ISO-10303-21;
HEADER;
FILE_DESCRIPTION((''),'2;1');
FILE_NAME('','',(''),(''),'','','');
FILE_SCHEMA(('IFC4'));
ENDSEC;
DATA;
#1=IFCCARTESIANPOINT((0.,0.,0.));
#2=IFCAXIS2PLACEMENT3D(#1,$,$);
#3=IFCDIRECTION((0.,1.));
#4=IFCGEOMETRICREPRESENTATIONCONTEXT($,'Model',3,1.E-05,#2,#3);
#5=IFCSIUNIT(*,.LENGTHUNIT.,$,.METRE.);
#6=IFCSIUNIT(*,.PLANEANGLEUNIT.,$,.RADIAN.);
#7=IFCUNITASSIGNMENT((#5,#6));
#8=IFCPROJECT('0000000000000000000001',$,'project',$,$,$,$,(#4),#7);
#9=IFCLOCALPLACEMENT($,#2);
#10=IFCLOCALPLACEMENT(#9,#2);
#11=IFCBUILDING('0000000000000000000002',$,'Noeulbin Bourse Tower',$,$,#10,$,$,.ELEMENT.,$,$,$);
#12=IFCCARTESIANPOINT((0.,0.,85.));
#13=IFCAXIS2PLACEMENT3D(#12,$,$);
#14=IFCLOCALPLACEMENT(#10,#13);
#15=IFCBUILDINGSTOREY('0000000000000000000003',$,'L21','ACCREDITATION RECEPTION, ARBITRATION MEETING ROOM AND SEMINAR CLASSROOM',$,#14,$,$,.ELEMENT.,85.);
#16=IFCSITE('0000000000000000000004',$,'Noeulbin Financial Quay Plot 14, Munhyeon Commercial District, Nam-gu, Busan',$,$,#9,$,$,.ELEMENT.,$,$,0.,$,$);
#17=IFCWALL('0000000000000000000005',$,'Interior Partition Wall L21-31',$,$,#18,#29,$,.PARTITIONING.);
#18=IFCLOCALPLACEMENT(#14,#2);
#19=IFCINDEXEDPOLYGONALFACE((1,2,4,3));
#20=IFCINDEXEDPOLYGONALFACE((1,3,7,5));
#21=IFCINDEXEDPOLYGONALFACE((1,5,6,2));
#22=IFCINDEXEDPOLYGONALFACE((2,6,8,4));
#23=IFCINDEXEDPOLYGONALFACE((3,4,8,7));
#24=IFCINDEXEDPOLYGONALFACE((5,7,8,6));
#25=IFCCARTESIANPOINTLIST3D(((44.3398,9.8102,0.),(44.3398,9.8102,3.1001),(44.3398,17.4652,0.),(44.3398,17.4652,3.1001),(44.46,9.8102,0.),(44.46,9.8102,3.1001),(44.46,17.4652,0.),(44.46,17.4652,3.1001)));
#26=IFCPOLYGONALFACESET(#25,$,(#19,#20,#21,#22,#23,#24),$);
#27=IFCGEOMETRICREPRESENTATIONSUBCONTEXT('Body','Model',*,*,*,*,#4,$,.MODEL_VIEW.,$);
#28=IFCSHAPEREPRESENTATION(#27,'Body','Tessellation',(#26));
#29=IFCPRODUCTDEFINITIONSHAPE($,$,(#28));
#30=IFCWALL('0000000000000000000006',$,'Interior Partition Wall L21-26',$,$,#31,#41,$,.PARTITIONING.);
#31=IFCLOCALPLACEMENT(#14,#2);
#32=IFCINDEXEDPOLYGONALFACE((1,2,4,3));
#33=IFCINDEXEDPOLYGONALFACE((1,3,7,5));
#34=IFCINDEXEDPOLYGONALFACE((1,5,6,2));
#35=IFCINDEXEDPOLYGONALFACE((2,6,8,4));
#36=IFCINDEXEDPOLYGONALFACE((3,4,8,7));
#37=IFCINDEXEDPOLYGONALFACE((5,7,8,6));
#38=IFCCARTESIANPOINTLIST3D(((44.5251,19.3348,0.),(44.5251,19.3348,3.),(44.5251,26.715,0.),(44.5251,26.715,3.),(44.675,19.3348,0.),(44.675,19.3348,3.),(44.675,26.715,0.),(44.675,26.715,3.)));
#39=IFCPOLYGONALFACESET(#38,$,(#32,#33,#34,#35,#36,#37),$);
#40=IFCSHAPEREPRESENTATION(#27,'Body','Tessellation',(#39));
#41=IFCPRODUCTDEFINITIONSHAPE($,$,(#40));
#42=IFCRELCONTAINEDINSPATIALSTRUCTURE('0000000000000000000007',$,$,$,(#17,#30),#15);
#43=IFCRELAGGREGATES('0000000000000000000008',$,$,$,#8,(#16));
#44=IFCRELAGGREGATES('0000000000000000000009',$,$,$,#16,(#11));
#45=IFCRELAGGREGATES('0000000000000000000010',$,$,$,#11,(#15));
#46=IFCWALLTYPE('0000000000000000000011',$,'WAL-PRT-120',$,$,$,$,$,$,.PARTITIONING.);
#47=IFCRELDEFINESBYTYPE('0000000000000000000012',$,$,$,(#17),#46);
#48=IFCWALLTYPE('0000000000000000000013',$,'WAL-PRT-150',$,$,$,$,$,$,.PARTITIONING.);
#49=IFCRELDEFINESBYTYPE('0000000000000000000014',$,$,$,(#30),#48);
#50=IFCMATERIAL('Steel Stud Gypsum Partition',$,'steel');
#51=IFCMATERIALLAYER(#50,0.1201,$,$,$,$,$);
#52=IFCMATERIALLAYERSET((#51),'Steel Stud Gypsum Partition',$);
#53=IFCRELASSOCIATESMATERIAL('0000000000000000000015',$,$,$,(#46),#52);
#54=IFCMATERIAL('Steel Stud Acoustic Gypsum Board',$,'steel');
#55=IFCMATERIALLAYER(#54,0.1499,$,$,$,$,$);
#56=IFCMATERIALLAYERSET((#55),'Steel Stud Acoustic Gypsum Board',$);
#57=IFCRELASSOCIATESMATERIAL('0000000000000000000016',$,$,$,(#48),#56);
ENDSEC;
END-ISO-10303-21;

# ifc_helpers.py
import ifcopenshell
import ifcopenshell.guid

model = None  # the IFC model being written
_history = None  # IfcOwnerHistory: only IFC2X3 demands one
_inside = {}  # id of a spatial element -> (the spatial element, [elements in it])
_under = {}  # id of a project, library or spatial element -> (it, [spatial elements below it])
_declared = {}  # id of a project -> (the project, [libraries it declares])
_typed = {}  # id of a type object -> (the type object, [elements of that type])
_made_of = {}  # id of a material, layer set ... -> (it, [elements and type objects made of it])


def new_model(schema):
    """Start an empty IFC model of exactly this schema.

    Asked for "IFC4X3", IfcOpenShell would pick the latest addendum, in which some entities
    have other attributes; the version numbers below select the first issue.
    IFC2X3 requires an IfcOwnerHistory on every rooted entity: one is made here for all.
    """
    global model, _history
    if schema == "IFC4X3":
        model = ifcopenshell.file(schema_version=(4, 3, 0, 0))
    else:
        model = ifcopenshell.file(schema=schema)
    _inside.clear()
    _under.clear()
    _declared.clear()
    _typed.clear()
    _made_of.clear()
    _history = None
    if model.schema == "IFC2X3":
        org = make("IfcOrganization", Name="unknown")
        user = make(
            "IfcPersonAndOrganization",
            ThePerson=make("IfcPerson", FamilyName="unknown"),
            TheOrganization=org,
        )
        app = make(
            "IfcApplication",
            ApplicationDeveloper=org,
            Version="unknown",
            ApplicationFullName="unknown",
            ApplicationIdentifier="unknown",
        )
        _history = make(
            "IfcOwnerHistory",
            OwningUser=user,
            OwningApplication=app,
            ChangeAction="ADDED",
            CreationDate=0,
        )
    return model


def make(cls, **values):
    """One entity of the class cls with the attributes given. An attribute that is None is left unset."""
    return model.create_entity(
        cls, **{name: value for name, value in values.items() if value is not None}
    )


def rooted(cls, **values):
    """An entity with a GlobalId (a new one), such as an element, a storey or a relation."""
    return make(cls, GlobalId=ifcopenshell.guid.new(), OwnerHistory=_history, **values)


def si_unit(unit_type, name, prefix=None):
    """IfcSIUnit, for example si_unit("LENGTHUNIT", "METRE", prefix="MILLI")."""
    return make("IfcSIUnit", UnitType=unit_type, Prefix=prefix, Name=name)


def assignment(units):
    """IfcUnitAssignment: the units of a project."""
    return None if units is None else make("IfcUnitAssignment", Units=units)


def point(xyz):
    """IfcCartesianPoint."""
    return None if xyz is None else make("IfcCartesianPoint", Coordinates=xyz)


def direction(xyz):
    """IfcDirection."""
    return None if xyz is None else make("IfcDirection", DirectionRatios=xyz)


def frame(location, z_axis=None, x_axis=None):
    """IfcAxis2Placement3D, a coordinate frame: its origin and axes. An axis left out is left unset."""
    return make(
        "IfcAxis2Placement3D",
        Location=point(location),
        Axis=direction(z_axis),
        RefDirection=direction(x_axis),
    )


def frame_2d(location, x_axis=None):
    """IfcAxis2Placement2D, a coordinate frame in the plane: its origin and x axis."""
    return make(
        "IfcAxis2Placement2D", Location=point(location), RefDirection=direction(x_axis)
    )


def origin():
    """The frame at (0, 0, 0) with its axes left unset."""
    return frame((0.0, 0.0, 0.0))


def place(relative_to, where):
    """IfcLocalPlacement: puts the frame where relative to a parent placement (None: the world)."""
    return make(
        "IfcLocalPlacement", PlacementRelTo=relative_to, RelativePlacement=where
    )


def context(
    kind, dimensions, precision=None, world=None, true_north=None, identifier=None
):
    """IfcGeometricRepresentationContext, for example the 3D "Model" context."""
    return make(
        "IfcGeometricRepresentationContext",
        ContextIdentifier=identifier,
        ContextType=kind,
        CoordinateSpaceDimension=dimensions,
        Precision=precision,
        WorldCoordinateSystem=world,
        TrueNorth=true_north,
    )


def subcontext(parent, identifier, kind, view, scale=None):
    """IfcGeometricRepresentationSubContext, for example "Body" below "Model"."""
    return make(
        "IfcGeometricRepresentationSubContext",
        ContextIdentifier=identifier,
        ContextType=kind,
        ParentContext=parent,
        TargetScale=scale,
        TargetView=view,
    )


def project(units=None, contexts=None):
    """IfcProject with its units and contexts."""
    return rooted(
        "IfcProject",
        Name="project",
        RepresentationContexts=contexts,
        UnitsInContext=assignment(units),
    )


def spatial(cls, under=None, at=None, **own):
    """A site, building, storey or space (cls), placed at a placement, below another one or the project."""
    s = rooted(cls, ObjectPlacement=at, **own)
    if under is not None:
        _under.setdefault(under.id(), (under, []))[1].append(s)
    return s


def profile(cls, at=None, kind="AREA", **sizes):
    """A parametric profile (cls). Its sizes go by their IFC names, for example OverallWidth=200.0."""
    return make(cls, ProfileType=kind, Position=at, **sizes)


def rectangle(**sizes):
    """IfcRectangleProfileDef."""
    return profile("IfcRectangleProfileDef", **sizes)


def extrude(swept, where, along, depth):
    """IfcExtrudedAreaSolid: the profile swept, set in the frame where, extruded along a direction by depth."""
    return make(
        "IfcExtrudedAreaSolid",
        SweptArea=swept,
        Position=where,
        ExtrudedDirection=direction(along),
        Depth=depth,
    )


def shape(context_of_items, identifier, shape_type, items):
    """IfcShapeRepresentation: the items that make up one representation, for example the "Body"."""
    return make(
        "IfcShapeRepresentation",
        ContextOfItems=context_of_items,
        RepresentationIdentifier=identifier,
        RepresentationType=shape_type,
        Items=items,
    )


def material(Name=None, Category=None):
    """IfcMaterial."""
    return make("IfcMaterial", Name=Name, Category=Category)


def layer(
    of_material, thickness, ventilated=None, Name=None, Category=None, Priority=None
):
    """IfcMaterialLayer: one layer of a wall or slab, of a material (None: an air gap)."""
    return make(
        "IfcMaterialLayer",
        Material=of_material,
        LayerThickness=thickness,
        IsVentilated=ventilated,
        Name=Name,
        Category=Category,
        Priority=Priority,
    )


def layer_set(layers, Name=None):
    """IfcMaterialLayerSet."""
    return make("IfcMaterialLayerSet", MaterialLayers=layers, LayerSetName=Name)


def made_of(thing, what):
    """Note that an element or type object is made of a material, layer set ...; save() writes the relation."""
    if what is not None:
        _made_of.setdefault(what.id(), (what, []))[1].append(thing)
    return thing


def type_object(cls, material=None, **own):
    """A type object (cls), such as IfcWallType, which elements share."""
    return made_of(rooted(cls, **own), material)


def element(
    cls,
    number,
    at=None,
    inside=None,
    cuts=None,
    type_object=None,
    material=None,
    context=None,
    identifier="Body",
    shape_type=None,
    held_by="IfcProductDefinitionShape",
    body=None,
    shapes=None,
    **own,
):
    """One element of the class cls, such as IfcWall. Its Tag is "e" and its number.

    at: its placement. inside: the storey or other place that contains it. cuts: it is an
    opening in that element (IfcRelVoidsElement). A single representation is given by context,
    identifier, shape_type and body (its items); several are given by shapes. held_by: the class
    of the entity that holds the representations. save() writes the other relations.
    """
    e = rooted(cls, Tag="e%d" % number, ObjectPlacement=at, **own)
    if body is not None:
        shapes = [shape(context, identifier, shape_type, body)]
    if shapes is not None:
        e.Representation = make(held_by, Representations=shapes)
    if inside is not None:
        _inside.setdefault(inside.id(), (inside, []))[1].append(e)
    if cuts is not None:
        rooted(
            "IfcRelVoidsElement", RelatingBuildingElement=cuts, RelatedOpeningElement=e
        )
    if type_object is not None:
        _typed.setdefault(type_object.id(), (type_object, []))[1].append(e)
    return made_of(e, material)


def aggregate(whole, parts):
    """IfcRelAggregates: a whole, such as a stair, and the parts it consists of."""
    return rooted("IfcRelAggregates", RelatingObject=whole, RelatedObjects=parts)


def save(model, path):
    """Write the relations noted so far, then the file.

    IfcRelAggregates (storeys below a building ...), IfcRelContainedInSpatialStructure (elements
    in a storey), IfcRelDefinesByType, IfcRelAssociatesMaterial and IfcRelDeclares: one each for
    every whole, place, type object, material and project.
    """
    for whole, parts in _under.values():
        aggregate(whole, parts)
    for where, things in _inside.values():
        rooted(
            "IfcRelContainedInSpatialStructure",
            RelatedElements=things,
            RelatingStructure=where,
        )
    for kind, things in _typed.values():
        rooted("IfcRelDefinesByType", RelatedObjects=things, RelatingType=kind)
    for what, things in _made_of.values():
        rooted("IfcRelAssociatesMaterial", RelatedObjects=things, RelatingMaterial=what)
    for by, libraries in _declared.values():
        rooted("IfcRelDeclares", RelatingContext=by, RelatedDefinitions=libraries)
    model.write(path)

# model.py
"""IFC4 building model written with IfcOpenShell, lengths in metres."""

from ifc_helpers import new_model, si_unit, direction, frame, frame_2d, origin, place, context, subcontext, project, spatial, rectangle, extrude, material, layer, layer_set, type_object, element, save


model = new_model("IFC4")

# Units and contexts
model_context = context("Model", 3, precision=1e-05, world=origin(), true_north=direction((0.0, 1.0)))
body_context = subcontext(model_context, "Body", "Model", "MODEL_VIEW")
ifc_project = project(units=[si_unit("LENGTHUNIT", "METRE"), si_unit("PLANEANGLEUNIT", "RADIAN")], contexts=[model_context])

# Site, building, storey
site_placement = place(None, origin())
site = spatial("IfcSite", under=ifc_project, at=site_placement, Name="Noeulbin Financial Quay Plot 14, Munhyeon Commercial District, Nam-gu, Busan", CompositionType="ELEMENT", RefElevation=0.0)
building_placement = place(site_placement, origin())
building = spatial("IfcBuilding", under=site, at=building_placement, Name="Noeulbin Bourse Tower", CompositionType="ELEMENT")
storey_placement = place(building_placement, frame((0.0, 0.0, 85.0)))
storey = spatial("IfcBuildingStorey", under=building, at=storey_placement, Name="L21", Description="ACCREDITATION RECEPTION, ARBITRATION MEETING ROOM AND SEMINAR CLASSROOM", CompositionType="ELEMENT", Elevation=85.0)

# Walls
ifc_material_1 = material(Name="Steel Stud Gypsum Partition", Category="steel")
ifc_layer_1 = layer(ifc_material_1, 0.1201)
ifc_layer_set_1 = layer_set([ifc_layer_1], Name="Steel Stud Gypsum Partition")
wall_type_1 = type_object("IfcWallType", Name="WAL-PRT-120", PredefinedType="PARTITIONING", material=ifc_layer_set_1)
wall_1_placement = place(storey_placement, frame((44.3999, 9.8101, 0.0), z_axis=(0.0, 0.0, 1.0), x_axis=(0.0, 1.0, 0.0)))
element("IfcWall", 1, at=wall_1_placement, inside=storey, type_object=wall_type_1, Name="Interior Partition Wall L21-31", PredefinedType="PARTITIONING", context=body_context, shape_type="SweptSolid", body=[
    extrude(rectangle(XDim=7.655, YDim=0.1201, at=frame_2d((3.8276, 0.0))), origin(), (0.0, 0.0, 1.0), 3.1001),
])
ifc_material_2 = material(Name="Steel Stud Acoustic Gypsum Board", Category="steel")
ifc_layer_2 = layer(ifc_material_2, 0.1499)
ifc_layer_set_2 = layer_set([ifc_layer_2], Name="Steel Stud Acoustic Gypsum Board")
wall_type_2 = type_object("IfcWallType", Name="WAL-PRT-150", PredefinedType="PARTITIONING", material=ifc_layer_set_2)
wall_2_placement = place(storey_placement, frame((44.6001, 19.335, 0.0), z_axis=(0.0, 0.0, 1.0), x_axis=(0.0, 1.0, 0.0)))
element("IfcWall", 2, at=wall_2_placement, inside=storey, type_object=wall_type_2, Name="Interior Partition Wall L21-26", PredefinedType="PARTITIONING", context=body_context, shape_type="SweptSolid", body=[
    extrude(rectangle(XDim=7.3801, YDim=0.1499, at=frame_2d((3.6899, 0.0))), origin(), (0.0, 0.0, 1.0), 3.0),
])

save(model, "model.ifc")
